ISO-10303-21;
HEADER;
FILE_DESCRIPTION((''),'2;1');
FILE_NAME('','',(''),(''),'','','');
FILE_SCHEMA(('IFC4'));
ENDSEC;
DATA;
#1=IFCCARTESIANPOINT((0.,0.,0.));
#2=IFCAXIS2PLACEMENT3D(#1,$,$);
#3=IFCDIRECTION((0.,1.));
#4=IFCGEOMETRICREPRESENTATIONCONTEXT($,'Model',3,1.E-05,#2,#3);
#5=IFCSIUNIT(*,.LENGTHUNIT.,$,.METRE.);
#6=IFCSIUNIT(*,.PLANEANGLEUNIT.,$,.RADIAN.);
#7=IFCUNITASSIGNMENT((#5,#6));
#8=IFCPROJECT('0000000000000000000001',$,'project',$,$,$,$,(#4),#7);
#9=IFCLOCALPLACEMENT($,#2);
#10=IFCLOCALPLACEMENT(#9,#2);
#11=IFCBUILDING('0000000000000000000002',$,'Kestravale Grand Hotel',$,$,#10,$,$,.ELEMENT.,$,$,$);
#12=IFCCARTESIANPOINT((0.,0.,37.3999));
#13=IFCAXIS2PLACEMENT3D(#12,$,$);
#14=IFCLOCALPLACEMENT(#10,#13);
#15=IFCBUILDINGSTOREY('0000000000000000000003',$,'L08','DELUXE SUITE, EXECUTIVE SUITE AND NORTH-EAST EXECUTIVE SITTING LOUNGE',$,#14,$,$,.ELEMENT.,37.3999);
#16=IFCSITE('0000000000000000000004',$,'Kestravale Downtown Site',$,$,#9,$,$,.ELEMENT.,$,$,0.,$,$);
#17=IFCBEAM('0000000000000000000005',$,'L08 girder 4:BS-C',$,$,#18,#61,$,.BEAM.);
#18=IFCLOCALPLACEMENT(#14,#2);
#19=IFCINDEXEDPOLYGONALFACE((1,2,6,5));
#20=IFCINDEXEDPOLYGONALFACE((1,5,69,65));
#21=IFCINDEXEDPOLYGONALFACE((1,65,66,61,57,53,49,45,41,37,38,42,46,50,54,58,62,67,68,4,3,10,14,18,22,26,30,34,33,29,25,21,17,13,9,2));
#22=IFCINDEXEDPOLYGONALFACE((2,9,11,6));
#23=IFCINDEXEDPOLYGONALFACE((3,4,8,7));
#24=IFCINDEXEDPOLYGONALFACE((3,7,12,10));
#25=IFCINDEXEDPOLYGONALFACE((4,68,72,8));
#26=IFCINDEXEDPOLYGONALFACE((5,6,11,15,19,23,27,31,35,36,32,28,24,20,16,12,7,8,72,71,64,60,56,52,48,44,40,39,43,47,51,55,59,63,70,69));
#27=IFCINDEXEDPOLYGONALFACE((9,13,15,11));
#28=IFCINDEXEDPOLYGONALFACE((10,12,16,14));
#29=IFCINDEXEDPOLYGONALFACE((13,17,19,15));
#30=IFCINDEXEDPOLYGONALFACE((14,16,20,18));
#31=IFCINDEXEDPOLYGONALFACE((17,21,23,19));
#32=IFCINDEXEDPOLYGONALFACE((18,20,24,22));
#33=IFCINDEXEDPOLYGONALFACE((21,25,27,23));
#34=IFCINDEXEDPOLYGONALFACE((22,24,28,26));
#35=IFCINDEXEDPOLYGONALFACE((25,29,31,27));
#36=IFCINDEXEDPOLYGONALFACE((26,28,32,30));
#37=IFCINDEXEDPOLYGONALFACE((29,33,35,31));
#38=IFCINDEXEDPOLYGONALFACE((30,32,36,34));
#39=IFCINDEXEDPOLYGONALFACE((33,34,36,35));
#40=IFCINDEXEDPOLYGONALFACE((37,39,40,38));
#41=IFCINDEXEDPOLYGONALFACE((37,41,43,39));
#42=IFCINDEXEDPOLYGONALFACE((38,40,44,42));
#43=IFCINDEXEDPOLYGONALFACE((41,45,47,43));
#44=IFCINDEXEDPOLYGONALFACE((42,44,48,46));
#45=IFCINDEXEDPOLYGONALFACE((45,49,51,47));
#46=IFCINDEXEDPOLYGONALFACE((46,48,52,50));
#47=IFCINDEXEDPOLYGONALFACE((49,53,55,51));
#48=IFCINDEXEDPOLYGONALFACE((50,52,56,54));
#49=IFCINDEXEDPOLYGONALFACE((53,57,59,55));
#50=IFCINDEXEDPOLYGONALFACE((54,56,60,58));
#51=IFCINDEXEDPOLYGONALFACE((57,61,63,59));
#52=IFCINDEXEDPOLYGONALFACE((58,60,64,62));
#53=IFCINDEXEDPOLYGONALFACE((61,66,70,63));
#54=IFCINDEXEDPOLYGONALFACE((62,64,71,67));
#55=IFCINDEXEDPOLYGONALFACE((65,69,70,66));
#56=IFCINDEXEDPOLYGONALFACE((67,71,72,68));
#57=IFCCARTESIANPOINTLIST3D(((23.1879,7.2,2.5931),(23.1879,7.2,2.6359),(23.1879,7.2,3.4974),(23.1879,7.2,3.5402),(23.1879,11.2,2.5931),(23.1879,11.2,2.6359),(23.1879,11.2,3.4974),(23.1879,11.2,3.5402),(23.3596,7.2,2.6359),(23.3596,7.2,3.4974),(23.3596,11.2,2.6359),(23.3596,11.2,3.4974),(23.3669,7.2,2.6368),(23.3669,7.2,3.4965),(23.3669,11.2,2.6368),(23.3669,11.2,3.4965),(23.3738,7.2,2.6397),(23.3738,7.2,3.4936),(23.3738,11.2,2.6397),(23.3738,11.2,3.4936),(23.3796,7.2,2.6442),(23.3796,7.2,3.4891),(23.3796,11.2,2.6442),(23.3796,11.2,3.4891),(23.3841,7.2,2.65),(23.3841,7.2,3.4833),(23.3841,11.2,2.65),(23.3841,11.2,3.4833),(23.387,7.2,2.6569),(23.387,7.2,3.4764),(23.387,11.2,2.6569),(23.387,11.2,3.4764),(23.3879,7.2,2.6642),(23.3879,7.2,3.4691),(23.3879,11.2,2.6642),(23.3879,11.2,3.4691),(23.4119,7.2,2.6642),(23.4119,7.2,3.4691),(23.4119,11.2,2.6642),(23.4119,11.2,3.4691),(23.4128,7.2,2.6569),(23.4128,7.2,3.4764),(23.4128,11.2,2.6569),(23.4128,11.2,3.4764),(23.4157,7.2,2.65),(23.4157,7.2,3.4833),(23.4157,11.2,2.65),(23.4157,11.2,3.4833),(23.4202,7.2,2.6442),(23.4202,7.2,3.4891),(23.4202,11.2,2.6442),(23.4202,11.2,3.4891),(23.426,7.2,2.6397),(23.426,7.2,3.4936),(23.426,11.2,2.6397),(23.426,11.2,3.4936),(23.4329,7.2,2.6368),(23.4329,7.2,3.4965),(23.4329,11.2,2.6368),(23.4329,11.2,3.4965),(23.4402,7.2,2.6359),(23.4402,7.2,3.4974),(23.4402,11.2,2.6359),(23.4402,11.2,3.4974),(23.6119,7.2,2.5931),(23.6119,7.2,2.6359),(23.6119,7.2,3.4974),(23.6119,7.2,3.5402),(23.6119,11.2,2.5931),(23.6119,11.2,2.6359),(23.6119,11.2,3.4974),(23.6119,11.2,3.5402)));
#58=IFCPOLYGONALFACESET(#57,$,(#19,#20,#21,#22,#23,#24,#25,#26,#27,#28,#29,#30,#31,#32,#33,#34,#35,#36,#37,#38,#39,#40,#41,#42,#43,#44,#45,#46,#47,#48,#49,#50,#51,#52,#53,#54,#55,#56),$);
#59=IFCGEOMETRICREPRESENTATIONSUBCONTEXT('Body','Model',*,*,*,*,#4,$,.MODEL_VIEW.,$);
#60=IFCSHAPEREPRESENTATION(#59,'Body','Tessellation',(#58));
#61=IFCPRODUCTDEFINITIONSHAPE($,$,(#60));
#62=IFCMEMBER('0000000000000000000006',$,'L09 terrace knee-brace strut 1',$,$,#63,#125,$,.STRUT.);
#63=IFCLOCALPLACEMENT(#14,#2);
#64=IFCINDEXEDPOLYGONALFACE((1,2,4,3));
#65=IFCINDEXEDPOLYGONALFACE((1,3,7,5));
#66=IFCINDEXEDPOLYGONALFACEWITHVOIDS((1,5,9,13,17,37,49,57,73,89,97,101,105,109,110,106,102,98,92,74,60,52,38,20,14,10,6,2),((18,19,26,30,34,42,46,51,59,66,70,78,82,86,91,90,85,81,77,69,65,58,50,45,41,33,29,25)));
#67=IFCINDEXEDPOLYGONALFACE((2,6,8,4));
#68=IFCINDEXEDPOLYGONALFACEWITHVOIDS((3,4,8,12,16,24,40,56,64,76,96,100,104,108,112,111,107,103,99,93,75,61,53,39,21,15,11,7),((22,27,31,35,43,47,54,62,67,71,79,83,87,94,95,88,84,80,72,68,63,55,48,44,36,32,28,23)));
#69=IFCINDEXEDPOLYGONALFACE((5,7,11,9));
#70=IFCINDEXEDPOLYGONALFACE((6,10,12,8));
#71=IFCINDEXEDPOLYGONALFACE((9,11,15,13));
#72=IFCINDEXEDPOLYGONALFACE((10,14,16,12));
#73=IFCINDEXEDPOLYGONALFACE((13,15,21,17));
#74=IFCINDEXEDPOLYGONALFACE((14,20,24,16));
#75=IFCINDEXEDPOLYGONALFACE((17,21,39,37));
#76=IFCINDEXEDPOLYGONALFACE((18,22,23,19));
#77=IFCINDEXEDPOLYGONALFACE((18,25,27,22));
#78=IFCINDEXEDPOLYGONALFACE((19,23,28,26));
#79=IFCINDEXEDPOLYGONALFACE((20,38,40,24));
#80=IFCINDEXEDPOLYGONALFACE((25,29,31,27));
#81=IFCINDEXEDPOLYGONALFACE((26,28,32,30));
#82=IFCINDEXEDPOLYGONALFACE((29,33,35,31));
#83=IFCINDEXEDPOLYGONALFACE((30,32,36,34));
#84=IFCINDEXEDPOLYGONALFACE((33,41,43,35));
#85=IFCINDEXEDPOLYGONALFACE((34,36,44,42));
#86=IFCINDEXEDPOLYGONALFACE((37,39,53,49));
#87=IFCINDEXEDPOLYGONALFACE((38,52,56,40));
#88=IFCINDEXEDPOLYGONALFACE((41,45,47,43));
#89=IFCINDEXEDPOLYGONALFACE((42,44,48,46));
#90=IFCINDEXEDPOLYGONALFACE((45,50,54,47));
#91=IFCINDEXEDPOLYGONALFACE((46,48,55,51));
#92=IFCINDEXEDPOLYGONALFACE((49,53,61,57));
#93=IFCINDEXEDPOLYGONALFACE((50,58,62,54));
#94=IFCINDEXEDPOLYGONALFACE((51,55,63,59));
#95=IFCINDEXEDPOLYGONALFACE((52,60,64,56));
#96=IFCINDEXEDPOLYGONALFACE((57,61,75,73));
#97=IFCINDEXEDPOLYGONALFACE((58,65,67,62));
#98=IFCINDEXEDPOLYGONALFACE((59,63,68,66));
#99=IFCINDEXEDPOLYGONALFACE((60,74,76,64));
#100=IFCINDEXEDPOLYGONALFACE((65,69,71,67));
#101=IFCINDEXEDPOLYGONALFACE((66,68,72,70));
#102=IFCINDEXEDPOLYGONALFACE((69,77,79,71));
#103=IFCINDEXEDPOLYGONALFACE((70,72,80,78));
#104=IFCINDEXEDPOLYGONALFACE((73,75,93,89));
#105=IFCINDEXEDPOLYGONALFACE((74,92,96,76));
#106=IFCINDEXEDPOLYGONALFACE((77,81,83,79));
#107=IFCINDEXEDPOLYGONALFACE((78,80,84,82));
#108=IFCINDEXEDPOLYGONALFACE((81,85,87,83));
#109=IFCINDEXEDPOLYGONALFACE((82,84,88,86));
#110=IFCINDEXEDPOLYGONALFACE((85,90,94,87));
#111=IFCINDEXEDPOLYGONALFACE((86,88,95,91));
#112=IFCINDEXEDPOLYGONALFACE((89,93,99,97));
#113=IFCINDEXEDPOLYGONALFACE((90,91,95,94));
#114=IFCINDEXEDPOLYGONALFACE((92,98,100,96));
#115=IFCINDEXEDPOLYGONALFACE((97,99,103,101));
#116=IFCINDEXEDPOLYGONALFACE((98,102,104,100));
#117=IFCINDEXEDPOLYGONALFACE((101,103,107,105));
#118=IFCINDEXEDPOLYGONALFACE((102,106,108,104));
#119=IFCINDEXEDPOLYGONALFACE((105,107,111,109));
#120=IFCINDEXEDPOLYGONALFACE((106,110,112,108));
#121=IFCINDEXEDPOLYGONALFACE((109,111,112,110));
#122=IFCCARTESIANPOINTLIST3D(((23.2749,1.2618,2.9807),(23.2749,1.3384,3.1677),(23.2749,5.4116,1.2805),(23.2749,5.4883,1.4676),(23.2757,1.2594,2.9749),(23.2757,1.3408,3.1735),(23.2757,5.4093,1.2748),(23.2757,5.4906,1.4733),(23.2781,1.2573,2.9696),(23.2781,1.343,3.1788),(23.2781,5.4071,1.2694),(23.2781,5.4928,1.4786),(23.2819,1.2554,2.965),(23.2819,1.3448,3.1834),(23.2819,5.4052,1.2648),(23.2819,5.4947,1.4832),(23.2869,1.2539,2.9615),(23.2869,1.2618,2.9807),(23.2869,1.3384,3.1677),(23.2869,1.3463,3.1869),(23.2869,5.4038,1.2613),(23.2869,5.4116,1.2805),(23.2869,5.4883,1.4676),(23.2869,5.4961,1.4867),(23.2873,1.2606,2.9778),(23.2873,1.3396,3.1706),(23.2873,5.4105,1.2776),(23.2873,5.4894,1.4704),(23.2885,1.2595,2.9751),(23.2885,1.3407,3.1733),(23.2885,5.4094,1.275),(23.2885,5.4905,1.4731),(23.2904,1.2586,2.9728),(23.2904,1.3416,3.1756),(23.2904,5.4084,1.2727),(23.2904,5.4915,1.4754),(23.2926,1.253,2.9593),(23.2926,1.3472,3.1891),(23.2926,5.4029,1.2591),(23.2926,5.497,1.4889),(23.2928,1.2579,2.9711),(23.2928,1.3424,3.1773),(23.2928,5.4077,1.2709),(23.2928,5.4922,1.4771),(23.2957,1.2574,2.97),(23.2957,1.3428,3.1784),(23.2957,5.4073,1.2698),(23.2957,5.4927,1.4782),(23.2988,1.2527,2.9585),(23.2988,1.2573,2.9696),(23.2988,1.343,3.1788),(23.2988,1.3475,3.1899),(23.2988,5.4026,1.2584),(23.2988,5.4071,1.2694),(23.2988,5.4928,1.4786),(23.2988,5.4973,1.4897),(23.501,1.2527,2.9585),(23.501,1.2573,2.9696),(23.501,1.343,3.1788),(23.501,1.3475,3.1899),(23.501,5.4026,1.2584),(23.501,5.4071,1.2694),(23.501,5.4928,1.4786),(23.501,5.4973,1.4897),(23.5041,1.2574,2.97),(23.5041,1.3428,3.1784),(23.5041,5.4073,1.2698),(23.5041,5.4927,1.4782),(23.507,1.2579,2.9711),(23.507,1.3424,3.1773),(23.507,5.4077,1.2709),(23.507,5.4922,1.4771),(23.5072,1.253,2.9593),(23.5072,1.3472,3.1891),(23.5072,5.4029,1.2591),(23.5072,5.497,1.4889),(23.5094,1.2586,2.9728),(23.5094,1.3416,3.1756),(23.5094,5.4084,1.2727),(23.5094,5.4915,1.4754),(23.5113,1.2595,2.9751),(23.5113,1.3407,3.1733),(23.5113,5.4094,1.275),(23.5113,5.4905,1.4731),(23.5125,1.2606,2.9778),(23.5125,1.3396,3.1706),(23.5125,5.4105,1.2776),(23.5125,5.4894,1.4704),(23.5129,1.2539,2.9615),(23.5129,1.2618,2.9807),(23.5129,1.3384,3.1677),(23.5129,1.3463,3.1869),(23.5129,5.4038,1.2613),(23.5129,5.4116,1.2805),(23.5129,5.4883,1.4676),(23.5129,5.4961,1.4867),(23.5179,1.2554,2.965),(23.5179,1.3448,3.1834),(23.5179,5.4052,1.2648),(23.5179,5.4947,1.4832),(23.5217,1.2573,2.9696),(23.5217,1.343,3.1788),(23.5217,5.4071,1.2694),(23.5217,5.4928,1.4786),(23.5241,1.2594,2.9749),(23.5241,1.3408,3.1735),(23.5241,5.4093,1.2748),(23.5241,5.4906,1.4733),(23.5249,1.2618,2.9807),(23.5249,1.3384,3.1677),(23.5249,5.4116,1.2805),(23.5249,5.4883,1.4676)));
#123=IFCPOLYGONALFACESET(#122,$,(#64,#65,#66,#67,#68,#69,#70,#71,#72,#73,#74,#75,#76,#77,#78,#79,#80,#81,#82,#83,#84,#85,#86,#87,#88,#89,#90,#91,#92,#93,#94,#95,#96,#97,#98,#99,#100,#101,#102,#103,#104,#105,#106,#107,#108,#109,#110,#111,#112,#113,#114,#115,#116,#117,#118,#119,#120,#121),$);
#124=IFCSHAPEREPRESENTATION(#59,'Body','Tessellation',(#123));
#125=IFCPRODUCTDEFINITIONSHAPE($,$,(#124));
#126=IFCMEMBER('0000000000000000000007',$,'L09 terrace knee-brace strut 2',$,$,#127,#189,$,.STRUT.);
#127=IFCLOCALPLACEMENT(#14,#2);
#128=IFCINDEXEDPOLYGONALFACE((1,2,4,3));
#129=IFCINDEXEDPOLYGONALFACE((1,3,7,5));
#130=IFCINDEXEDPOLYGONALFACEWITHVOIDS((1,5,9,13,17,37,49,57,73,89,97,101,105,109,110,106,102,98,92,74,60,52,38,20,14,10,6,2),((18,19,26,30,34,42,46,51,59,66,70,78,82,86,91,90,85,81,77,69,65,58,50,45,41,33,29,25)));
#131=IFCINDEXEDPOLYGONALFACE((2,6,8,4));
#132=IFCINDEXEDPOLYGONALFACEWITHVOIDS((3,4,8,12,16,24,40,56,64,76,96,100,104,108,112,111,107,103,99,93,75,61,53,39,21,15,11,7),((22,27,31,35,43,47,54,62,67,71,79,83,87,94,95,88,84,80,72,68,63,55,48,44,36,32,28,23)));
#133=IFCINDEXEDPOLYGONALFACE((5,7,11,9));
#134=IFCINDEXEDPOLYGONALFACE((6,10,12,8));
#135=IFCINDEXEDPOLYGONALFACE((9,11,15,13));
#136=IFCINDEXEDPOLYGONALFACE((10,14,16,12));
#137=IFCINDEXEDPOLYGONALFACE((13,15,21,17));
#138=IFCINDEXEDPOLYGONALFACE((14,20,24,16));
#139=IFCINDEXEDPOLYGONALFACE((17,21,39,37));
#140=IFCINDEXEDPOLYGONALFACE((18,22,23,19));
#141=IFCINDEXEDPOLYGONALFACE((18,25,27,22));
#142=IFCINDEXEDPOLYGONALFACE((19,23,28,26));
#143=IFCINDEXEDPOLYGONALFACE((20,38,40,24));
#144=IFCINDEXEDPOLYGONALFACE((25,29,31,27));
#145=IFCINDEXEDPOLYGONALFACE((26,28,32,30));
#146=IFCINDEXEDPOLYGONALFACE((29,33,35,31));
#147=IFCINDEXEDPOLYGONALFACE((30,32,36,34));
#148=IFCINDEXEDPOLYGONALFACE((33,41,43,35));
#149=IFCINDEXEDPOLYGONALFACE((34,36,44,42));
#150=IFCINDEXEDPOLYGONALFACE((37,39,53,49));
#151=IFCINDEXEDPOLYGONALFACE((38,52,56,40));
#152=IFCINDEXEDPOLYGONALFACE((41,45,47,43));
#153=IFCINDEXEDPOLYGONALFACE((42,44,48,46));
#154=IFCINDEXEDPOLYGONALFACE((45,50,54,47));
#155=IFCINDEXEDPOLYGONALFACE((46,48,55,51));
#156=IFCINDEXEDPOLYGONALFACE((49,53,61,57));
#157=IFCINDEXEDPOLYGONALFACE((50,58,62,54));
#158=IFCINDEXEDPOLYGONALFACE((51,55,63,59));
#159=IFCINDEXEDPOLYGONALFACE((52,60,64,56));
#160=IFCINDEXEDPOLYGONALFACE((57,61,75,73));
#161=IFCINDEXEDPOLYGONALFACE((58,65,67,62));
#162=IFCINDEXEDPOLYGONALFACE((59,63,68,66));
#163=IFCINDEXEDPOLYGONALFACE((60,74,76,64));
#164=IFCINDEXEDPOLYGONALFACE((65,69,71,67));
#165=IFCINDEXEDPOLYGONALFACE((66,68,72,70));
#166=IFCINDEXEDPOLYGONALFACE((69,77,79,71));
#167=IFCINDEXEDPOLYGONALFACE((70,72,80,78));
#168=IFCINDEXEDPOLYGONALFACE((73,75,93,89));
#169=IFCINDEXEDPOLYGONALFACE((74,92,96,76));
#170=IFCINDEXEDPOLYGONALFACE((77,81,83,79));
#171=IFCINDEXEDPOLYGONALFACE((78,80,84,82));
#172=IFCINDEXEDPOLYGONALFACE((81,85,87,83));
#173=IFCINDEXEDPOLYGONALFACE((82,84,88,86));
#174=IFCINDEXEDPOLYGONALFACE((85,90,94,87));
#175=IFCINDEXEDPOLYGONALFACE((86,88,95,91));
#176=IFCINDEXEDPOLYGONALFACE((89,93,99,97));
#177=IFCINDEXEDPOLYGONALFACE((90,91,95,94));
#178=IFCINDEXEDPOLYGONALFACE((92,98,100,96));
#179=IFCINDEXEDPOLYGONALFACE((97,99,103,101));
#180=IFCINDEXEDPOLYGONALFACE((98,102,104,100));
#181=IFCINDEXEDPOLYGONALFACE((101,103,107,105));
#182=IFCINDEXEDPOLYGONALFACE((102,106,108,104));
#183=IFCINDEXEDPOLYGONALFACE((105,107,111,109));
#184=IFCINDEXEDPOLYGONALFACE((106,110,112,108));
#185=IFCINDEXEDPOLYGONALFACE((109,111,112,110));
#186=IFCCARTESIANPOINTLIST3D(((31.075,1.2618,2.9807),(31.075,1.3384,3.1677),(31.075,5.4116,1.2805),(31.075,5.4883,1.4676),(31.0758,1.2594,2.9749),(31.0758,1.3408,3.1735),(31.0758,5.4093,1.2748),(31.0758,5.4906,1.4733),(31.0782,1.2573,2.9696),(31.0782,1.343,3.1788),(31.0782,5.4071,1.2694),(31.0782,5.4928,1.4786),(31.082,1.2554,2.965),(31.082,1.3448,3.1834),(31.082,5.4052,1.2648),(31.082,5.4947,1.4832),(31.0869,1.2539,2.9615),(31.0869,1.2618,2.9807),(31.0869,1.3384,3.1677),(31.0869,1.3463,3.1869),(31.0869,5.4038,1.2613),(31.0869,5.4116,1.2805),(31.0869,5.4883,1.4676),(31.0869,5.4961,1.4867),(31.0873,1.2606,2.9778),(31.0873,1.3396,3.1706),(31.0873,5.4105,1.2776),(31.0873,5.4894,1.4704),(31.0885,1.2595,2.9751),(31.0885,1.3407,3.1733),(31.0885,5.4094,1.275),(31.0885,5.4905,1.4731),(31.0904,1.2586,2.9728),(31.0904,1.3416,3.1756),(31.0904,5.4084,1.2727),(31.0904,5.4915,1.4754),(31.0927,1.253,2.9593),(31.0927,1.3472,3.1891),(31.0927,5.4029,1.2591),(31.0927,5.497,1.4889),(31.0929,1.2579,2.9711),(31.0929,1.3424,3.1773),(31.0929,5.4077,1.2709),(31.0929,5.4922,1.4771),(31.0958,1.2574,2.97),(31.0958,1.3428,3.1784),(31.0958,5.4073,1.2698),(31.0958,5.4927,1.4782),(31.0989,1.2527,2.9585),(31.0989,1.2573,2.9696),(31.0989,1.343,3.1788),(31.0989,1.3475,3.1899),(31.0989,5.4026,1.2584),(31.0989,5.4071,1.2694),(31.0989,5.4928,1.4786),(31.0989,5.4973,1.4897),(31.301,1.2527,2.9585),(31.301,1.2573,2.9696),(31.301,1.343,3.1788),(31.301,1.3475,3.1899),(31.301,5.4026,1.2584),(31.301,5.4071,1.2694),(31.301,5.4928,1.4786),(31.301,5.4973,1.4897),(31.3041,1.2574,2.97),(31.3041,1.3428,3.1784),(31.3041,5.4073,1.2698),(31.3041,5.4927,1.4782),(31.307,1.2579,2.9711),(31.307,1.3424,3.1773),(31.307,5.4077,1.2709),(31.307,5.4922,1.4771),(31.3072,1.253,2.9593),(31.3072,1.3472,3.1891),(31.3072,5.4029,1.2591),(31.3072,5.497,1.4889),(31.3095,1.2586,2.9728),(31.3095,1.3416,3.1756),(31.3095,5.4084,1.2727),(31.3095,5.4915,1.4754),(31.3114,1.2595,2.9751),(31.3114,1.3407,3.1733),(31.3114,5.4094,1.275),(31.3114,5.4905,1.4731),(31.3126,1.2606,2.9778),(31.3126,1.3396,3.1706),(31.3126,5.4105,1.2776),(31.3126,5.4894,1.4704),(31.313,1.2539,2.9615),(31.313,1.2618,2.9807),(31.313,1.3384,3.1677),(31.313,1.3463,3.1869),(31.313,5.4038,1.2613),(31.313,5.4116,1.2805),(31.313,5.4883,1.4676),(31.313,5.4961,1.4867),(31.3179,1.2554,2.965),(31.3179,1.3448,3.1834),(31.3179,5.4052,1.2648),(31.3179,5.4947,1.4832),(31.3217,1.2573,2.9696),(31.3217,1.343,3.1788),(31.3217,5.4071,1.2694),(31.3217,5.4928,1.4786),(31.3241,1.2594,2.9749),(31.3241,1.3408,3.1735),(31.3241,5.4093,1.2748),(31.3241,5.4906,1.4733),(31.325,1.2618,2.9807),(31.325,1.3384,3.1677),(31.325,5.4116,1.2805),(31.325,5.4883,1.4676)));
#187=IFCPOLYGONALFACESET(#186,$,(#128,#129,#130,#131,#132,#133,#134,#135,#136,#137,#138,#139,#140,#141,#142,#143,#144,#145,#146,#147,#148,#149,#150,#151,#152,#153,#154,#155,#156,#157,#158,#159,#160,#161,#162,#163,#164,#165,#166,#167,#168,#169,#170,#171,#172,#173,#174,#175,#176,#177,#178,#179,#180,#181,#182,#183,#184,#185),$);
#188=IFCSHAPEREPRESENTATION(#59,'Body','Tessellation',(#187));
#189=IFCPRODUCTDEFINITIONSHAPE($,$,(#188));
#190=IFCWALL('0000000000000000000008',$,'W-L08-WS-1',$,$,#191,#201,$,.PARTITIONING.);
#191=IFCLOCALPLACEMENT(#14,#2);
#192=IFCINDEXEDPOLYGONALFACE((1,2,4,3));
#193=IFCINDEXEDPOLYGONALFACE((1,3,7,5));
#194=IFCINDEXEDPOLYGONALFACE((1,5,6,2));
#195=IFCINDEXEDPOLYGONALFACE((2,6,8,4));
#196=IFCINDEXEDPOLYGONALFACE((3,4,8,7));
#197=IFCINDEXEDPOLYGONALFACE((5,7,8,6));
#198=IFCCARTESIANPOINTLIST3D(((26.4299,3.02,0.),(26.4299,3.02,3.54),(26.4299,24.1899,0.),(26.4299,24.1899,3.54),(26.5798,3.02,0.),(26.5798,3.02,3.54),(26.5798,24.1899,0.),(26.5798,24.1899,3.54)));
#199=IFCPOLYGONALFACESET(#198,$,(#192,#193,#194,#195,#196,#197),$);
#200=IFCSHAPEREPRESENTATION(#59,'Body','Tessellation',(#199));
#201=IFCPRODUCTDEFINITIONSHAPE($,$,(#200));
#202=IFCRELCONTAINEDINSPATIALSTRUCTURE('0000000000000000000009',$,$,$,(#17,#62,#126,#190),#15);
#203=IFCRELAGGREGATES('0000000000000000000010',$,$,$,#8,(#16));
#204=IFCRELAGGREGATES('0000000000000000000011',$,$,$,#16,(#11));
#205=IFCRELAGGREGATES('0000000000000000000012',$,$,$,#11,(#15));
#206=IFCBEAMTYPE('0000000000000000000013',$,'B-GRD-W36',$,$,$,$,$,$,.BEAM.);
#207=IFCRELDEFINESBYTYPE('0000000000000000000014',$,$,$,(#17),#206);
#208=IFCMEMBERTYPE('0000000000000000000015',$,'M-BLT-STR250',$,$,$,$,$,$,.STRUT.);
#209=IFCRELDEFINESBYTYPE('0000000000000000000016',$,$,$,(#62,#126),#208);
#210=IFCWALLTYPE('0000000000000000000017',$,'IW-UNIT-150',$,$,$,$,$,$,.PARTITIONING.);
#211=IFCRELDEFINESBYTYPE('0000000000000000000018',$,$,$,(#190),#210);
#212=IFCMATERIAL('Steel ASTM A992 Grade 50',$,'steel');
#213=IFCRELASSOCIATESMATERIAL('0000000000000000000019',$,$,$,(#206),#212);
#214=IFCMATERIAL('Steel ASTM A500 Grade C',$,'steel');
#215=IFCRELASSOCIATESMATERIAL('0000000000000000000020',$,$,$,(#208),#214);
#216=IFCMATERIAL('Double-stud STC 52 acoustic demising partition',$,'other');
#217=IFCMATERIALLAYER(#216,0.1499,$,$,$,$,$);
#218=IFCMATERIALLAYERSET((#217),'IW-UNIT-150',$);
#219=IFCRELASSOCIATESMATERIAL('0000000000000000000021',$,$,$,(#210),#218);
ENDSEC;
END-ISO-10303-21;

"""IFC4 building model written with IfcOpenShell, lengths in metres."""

from ifc_helpers import new_model, si_unit, direction, frame, frame_2d, origin, origin_2d, place, context, subcontext, project, spatial, rectangle, hollow_rectangle, i_section, extrude, material, layer, layer_set, material_profile, profile_set, type_object, element, save


model = new_model("IFC4")

# Units and contexts
model_context = context("Model", 3, precision=1e-05, world=origin(), true_north=direction((0.0, 1.0)))
body_context = subcontext(model_context, "Body", "Model", "MODEL_VIEW")
ifc_project = project(units=[si_unit("LENGTHUNIT", "METRE"), si_unit("PLANEANGLEUNIT", "RADIAN")], contexts=[model_context])

# Site, building, storey
site_placement = place(None, origin())
site = spatial("IfcSite", under=ifc_project, at=site_placement, Name="Kestravale Downtown Site", CompositionType="ELEMENT", RefElevation=0.0)
building_placement = place(site_placement, origin())
building = spatial("IfcBuilding", under=site, at=building_placement, Name="Kestravale Grand Hotel", CompositionType="ELEMENT")
storey_placement = place(building_placement, frame((0.0, 0.0, 37.3999)))
storey = spatial("IfcBuildingStorey", under=building, at=storey_placement, Name="L08", Description="DELUXE SUITE, EXECUTIVE SUITE AND NORTH-EAST EXECUTIVE SITTING LOUNGE", CompositionType="ELEMENT", Elevation=37.3999)

# Beam
ifc_material_1 = material(Name="Steel ASTM A992 Grade 50", Category="steel")
ifc_material_profile_1 = material_profile(ifc_material_1, i_section(OverallWidth=0.4241, OverallDepth=0.947, WebThickness=0.0239, FlangeThickness=0.0427, FilletRadius=0.0283, at=origin_2d()))
ifc_profile_set_1 = profile_set([ifc_material_profile_1], Name="Steel ASTM A992 Grade 50")
beam_type_1 = type_object("IfcBeamType", Name="B-GRD-W36", PredefinedType="BEAM", material=ifc_profile_set_1)
beam_1_placement = place(storey_placement, frame((23.3999, 7.2, 3.0667), z_axis=(0.0, 1.0, 0.0), x_axis=(-1.0, 0.0, 0.0)))
element("IfcBeam", 1, at=beam_1_placement, inside=storey, type_object=beam_type_1, Name="L08 girder 4:BS-C", PredefinedType="BEAM", context=body_context, shape_type="SweptSolid", body=[
    extrude(i_section(OverallWidth=0.4241, OverallDepth=0.947, WebThickness=0.0239, FlangeThickness=0.0427, FilletRadius=0.0283, at=origin_2d()), origin(), (0.0, 0.0, 1.0), 4.0),
])

# Members
ifc_material_2 = material(Name="Steel ASTM A500 Grade C", Category="steel")
ifc_material_profile_2 = material_profile(ifc_material_2, hollow_rectangle(XDim=0.25, YDim=0.25, WallThickness=0.012, InnerFilletRadius=0.012, OuterFilletRadius=0.0239, at=origin_2d()))
ifc_profile_set_2 = profile_set([ifc_material_profile_2], Name="Steel ASTM A500 Grade C")
member_type = type_object("IfcMemberType", Name="M-BLT-STR250", PredefinedType="STRUT", material=ifc_profile_set_2)
for number, where, z_axis, x_axis, name in (
    (2, (23.3999, 5.45, 1.374), (0.0, -0.925351, 0.379112), (1.0, 0.0, 0.0), "L09 terrace knee-brace strut 1"),
    (3, (31.2, 5.45, 1.374), (0.0, -0.925351, 0.379112), (1.0, 0.0, 0.0), "L09 terrace knee-brace strut 2"),
):
    element("IfcMember", number, at=place(storey_placement, frame(where, z_axis=z_axis, x_axis=x_axis)), inside=storey, type_object=member_type, Name=name, PredefinedType="STRUT", context=body_context, shape_type="SweptSolid", body=[
        extrude(hollow_rectangle(XDim=0.25, YDim=0.25, WallThickness=0.012, InnerFilletRadius=0.012, OuterFilletRadius=0.0239, at=origin_2d()), origin(), (0.0, 0.0, 1.0), 4.4846),
    ])

# Wall
ifc_material_3 = material(Name="Double-stud STC 52 acoustic demising partition", Category="other")
ifc_layer = layer(ifc_material_3, 0.1499)
ifc_layer_set = layer_set([ifc_layer], Name="IW-UNIT-150")
wall_type = type_object("IfcWallType", Name="IW-UNIT-150", PredefinedType="PARTITIONING", material=ifc_layer_set)
wall_1_placement = place(storey_placement, frame((26.5049, 3.02, 0.0), z_axis=(0.0, 0.0, 1.0), x_axis=(0.0, 1.0, 0.0)))
element("IfcWall", 4, at=wall_1_placement, inside=storey, type_object=wall_type, Name="W-L08-WS-1", PredefinedType="PARTITIONING", context=body_context, shape_type="SweptSolid", body=[
    extrude(rectangle(XDim=21.1699, YDim=0.1499, at=frame_2d((10.585, 0.0))), origin(), (0.0, 0.0, 1.0), 3.54),
])

save(model, "model.ifc")
